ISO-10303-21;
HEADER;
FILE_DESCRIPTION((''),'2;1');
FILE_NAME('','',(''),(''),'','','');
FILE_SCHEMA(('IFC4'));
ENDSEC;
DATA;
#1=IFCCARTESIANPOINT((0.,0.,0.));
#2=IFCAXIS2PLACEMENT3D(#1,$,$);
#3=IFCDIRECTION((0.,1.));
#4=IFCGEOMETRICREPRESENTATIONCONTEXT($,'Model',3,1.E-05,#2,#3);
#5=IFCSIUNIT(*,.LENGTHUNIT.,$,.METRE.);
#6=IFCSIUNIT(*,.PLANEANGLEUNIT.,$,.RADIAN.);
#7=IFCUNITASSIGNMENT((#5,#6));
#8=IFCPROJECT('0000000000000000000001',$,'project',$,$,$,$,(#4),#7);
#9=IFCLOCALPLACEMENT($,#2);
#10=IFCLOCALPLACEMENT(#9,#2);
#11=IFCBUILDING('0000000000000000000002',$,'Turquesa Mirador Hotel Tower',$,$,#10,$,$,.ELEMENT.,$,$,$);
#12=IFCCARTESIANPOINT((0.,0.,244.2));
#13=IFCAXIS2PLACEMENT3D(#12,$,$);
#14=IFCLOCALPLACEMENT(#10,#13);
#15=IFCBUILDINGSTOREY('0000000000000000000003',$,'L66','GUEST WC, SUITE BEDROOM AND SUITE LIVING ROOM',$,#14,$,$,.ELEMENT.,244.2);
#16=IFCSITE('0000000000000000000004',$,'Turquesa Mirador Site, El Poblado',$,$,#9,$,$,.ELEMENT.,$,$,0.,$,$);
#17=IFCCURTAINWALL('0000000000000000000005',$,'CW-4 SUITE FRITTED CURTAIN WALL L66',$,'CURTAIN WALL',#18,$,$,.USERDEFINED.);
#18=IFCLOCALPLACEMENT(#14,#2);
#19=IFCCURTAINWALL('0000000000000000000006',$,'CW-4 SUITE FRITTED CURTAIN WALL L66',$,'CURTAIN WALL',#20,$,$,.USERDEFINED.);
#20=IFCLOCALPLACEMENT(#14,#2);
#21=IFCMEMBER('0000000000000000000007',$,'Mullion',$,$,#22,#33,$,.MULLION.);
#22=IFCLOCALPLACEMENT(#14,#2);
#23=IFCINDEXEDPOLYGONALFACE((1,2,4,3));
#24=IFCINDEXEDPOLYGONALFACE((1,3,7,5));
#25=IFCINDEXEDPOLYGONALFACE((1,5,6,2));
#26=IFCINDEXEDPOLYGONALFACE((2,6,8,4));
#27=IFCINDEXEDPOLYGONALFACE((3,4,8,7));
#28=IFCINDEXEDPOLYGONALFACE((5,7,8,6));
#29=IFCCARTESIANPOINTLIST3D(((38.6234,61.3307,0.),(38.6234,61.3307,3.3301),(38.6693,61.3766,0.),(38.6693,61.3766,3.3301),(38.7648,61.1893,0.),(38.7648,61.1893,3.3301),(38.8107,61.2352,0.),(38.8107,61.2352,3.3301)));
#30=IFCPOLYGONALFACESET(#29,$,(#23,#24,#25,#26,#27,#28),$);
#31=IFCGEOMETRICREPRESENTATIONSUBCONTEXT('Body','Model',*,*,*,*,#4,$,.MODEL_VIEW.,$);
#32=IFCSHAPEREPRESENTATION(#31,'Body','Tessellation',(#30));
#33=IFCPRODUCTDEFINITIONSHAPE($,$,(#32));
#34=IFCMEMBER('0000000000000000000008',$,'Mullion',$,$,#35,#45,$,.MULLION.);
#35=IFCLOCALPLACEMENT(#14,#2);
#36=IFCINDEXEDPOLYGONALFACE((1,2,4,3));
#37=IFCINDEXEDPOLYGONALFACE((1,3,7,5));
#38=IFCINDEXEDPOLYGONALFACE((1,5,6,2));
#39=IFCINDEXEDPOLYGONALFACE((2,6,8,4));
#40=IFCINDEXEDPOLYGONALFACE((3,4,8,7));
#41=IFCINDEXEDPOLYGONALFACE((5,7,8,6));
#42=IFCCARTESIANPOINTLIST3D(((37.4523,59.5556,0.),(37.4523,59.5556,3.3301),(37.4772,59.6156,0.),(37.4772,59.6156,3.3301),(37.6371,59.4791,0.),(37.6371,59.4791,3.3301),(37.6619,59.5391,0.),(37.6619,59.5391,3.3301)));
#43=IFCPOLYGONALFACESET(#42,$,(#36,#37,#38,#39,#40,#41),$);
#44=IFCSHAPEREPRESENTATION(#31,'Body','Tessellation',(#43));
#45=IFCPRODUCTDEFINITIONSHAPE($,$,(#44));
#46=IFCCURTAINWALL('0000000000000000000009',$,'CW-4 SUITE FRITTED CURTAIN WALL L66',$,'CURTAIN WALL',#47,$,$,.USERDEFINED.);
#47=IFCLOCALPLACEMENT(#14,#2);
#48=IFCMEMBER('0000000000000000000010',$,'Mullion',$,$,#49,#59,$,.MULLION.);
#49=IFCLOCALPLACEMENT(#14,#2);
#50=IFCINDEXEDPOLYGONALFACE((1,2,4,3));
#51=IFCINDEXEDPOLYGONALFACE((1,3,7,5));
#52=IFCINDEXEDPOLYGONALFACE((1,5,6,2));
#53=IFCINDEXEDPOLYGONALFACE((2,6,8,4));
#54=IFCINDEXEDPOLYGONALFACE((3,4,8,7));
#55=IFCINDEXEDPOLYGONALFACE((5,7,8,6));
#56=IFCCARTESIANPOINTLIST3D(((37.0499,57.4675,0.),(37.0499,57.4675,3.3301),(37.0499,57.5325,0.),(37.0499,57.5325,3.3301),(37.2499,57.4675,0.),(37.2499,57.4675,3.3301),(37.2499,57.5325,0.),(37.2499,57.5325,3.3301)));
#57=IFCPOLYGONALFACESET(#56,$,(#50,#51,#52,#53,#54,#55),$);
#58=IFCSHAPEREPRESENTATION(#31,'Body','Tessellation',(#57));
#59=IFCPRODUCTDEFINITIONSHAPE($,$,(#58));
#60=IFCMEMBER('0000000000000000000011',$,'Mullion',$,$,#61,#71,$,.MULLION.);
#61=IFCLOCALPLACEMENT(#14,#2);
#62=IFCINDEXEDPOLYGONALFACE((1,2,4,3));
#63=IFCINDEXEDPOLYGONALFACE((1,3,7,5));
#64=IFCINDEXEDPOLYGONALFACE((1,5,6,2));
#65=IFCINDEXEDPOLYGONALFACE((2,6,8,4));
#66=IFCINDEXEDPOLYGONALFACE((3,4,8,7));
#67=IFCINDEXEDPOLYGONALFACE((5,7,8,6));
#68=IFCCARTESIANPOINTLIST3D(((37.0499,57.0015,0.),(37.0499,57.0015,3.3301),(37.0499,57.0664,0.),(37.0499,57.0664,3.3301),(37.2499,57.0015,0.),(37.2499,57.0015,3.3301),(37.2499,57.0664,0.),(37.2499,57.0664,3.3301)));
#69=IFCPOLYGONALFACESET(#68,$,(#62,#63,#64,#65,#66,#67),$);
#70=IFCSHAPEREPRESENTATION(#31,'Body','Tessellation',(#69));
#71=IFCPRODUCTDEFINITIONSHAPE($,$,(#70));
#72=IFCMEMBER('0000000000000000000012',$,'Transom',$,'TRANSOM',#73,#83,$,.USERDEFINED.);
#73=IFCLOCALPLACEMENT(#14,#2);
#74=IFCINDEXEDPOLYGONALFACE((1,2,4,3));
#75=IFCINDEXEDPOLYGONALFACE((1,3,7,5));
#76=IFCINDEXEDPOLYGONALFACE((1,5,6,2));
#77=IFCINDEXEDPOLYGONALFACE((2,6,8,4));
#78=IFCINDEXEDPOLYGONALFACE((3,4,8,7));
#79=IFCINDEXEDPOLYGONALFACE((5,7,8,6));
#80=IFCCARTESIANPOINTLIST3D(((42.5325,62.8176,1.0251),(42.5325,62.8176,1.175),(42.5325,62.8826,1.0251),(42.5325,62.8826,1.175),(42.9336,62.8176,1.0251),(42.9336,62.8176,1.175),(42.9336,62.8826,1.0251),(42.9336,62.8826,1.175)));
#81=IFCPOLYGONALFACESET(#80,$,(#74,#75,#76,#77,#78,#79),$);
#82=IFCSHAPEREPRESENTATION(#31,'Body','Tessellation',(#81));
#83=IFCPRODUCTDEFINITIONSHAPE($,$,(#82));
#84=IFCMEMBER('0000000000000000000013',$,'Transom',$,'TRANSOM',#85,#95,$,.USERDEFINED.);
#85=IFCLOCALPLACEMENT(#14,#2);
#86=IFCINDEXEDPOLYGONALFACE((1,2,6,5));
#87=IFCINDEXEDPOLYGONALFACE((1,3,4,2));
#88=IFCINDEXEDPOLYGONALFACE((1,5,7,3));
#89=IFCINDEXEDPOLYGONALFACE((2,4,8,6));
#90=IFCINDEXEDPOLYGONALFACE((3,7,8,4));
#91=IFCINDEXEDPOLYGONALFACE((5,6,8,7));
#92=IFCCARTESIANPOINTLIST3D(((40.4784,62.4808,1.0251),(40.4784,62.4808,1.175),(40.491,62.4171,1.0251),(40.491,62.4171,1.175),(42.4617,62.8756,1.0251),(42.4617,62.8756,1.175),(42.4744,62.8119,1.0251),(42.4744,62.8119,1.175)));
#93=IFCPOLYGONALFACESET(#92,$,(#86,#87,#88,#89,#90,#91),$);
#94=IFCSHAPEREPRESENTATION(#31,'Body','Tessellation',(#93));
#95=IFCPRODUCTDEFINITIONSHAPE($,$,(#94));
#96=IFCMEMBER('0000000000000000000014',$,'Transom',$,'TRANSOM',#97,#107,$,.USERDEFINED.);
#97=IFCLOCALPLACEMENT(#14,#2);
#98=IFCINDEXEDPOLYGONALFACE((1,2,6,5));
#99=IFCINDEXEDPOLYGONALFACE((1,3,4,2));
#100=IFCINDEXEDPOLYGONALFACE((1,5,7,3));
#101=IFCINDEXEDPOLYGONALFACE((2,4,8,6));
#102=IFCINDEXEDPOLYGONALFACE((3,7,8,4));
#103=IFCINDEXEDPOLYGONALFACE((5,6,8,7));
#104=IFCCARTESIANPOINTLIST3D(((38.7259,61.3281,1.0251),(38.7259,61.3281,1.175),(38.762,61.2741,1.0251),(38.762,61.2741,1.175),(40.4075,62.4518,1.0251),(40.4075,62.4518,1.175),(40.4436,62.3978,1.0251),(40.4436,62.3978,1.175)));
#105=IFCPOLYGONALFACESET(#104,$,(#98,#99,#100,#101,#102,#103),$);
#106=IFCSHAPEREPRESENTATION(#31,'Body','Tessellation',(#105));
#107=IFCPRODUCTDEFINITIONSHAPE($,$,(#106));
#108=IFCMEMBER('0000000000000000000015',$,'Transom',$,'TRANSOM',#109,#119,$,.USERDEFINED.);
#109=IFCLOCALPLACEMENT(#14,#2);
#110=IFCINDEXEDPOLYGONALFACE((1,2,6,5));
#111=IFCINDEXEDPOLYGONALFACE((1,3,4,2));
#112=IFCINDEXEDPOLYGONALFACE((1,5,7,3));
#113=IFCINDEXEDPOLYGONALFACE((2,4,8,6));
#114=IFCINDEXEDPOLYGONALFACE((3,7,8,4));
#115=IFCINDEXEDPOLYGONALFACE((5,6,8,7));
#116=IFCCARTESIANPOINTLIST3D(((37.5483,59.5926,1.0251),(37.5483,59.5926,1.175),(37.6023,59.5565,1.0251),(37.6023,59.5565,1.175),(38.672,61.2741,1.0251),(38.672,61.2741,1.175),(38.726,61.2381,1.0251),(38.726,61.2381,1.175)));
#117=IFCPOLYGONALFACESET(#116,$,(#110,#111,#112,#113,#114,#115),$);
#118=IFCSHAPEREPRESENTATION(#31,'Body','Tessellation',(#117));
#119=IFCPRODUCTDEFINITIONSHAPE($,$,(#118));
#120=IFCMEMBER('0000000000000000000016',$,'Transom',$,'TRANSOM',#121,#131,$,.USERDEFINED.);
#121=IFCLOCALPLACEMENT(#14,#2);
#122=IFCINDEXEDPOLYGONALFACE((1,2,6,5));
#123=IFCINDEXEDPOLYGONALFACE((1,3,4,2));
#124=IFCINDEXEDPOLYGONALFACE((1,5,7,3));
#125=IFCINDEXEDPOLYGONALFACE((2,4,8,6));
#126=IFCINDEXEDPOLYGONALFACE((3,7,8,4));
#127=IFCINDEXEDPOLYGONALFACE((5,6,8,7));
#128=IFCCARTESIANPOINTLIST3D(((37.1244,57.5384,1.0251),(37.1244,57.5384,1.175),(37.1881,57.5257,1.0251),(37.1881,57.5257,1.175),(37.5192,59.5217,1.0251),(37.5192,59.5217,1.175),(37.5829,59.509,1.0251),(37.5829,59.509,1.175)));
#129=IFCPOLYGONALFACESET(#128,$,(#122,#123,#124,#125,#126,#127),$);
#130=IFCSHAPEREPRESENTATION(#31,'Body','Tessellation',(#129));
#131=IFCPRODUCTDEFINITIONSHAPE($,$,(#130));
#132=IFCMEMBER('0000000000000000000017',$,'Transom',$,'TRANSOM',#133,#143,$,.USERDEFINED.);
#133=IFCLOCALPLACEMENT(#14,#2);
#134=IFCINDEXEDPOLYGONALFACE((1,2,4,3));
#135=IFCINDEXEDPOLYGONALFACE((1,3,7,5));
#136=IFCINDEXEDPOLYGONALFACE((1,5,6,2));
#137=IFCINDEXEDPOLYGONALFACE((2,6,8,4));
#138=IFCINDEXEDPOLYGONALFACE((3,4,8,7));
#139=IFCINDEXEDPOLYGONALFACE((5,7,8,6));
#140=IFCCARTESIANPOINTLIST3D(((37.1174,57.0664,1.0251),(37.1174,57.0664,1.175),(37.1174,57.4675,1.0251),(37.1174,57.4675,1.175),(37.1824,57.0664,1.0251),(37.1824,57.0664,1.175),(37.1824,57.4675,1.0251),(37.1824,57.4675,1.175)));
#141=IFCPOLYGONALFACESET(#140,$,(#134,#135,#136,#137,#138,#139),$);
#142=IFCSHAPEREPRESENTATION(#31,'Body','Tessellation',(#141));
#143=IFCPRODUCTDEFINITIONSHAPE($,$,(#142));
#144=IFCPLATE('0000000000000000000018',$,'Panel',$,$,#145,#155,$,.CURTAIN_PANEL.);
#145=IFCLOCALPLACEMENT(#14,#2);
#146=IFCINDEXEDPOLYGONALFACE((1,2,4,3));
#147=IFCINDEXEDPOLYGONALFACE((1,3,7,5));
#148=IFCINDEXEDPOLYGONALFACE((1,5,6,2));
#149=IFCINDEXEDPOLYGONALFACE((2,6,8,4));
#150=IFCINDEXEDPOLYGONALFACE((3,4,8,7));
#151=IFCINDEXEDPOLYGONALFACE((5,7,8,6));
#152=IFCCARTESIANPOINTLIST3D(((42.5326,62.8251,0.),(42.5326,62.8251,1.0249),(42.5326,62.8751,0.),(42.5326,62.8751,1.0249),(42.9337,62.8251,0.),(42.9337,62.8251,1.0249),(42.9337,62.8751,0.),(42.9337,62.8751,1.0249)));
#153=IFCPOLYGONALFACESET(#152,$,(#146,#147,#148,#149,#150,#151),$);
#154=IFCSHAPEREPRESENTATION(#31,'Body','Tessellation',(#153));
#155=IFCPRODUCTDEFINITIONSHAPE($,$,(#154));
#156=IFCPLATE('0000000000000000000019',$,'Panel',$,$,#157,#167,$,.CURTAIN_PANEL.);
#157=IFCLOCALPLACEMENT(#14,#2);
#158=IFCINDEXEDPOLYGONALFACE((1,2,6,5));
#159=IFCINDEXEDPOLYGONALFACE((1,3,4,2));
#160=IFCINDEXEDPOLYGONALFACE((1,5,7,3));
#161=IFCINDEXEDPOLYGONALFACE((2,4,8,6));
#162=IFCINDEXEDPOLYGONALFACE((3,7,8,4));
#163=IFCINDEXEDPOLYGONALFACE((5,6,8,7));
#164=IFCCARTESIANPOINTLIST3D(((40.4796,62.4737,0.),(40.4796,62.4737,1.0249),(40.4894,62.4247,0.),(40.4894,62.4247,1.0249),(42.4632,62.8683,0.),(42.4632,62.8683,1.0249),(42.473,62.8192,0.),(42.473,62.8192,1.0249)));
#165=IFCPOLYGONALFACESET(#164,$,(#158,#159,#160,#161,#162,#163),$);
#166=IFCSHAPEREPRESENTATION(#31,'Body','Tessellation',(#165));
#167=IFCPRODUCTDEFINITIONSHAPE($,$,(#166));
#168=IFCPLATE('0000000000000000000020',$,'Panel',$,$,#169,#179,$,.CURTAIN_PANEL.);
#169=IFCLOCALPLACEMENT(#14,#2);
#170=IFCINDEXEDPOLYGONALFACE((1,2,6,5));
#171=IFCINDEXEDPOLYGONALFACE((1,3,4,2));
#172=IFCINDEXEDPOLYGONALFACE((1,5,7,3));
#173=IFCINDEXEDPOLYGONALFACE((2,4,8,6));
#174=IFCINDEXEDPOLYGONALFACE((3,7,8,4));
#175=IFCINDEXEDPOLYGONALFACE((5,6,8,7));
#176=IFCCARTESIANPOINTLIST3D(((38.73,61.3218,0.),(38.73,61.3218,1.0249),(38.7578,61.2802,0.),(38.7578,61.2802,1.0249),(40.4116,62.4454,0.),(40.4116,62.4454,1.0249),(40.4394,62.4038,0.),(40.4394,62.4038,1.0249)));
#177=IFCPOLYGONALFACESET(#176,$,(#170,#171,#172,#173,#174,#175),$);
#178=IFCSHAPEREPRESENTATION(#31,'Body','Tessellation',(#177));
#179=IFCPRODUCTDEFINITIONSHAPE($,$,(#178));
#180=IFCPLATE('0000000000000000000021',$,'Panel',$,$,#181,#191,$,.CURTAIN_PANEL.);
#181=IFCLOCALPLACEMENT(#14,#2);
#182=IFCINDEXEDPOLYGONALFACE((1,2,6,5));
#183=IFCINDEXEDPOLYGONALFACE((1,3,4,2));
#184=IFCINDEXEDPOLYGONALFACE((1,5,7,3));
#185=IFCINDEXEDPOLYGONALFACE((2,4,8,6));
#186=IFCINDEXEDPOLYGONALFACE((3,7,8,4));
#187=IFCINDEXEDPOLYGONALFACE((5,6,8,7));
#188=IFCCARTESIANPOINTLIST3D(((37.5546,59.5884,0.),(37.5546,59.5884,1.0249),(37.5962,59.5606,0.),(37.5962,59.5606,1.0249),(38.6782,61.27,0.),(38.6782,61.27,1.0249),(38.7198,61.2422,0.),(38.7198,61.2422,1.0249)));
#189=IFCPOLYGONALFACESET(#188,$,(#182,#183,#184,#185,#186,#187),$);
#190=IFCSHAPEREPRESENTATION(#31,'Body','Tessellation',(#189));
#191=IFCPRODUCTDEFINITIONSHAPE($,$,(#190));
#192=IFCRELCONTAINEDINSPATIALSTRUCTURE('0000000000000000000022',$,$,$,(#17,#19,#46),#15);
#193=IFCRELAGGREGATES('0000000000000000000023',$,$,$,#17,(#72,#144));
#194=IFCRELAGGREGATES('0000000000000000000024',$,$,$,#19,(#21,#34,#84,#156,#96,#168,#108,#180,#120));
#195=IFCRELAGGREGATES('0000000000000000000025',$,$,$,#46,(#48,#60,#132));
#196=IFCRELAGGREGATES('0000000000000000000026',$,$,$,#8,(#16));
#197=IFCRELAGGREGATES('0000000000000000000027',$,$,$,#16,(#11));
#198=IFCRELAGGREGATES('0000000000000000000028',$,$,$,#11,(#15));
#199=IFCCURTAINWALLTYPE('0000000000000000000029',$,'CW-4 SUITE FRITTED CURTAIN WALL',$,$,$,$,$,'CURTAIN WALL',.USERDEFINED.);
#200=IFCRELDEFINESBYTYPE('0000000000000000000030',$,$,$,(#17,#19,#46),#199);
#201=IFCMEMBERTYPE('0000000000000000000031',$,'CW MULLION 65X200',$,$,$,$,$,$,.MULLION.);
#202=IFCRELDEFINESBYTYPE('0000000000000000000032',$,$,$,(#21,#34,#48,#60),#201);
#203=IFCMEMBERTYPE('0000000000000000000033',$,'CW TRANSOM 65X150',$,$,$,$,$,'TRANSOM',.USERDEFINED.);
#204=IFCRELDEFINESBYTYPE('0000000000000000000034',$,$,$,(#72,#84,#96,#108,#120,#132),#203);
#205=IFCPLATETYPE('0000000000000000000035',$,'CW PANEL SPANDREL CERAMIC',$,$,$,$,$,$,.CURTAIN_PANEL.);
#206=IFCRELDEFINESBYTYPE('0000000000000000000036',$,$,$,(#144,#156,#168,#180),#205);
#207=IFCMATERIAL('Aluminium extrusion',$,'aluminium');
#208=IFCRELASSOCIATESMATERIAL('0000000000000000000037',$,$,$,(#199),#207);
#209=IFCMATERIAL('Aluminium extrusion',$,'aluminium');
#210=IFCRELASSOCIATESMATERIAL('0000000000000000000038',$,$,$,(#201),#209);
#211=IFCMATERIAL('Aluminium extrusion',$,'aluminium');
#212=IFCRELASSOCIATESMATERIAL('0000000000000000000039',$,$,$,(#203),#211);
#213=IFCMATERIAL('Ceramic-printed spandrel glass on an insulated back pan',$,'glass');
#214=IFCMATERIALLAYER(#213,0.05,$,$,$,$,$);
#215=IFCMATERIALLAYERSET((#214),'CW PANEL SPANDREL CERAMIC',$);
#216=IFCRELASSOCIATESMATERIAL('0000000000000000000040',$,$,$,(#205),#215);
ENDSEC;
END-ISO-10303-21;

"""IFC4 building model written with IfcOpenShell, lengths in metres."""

from ifc_helpers import new_model, si_unit, direction, frame, origin, origin_2d, place, context, subcontext, project, spatial, rectangle, extrude, material, layer, layer_set, material_profile, profile_set, type_object, element, aggregate, save


model = new_model("IFC4")

# Units and contexts
model_context = context("Model", 3, precision=1e-05, world=origin(), true_north=direction((0.0, 1.0)))
body_context = subcontext(model_context, "Body", "Model", "MODEL_VIEW")
ifc_project = project(units=[si_unit("LENGTHUNIT", "METRE"), si_unit("PLANEANGLEUNIT", "RADIAN")], contexts=[model_context])

# Site, building, storey
site_placement = place(None, origin())
site = spatial("IfcSite", under=ifc_project, at=site_placement, Name="Turquesa Mirador Site, El Poblado", CompositionType="ELEMENT", RefElevation=0.0)
building_placement = place(site_placement, origin())
building = spatial("IfcBuilding", under=site, at=building_placement, Name="Turquesa Mirador Hotel Tower", CompositionType="ELEMENT")
storey_placement = place(building_placement, frame((0.0, 0.0, 244.2)))
storey = spatial("IfcBuildingStorey", under=building, at=storey_placement, Name="L66", Description="GUEST WC, SUITE BEDROOM AND SUITE LIVING ROOM", CompositionType="ELEMENT", Elevation=244.2)

# Curtain walls, members
ifc_material_1 = material(Name="Aluminium extrusion", Category="aluminium")
curtain_wall_type = type_object("IfcCurtainWallType", Name="CW-4 SUITE FRITTED CURTAIN WALL", ElementType="CURTAIN WALL", PredefinedType="USERDEFINED", material=ifc_material_1)
curtain_wall_1_placement = place(storey_placement, origin())
curtain_wall_1 = element("IfcCurtainWall", 1, at=curtain_wall_1_placement, inside=storey, type_object=curtain_wall_type, Name="CW-4 SUITE FRITTED CURTAIN WALL L66", ObjectType="CURTAIN WALL", PredefinedType="USERDEFINED")
ifc_material_2 = material(Name="Aluminium extrusion", Category="aluminium")
ifc_material_profile_1 = material_profile(ifc_material_2, rectangle(XDim=0.0649, YDim=0.2, at=origin_2d()), Name="MULLION 65X200")
ifc_profile_set_1 = profile_set([ifc_material_profile_1], Name="Aluminium extrusion")
member_type_1 = type_object("IfcMemberType", Name="CW MULLION 65X200", PredefinedType="MULLION", material=ifc_profile_set_1)
curtain_wall_2_placement = place(storey_placement, origin())
curtain_wall_2 = element("IfcCurtainWall", 2, at=curtain_wall_2_placement, inside=storey, type_object=curtain_wall_type, Name="CW-4 SUITE FRITTED CURTAIN WALL L66", ObjectType="CURTAIN WALL", PredefinedType="USERDEFINED")
member_1_placement = place(storey_placement, frame((38.717, 61.283, 0.0), z_axis=(0.0, 0.0, 1.0), x_axis=(-0.707107, -0.707107, 0.0)))
member_1 = element("IfcMember", 3, at=member_1_placement, type_object=member_type_1, Name="Mullion", PredefinedType="MULLION", context=body_context, shape_type="SweptSolid", body=[
    extrude(rectangle(XDim=0.0649, YDim=0.2, at=origin_2d()), origin(), (0.0, 0.0, 1.0), 3.3301),
])
member_2_placement = place(storey_placement, frame((37.5571, 59.5474, 0.0), z_axis=(0.0, 0.0, 1.0), x_axis=(-0.382683, -0.92388, 0.0)))
member_2 = element("IfcMember", 4, at=member_2_placement, type_object=member_type_1, Name="Mullion", PredefinedType="MULLION", context=body_context, shape_type="SweptSolid", body=[
    extrude(rectangle(XDim=0.0649, YDim=0.2, at=origin_2d()), origin(), (0.0, 0.0, 1.0), 3.3301),
])
curtain_wall_3_placement = place(storey_placement, origin())
curtain_wall_3 = element("IfcCurtainWall", 5, at=curtain_wall_3_placement, inside=storey, type_object=curtain_wall_type, Name="CW-4 SUITE FRITTED CURTAIN WALL L66", ObjectType="CURTAIN WALL", PredefinedType="USERDEFINED")
member_3_placement = place(storey_placement, frame((37.1499, 57.5, 0.0), z_axis=(0.0, 0.0, 1.0), x_axis=(0.0, -1.0, 0.0)))
member_3 = element("IfcMember", 6, at=member_3_placement, type_object=member_type_1, Name="Mullion", PredefinedType="MULLION", context=body_context, shape_type="SweptSolid", body=[
    extrude(rectangle(XDim=0.0649, YDim=0.2, at=origin_2d()), origin(), (0.0, 0.0, 1.0), 3.3301),
])
member_4_placement = place(storey_placement, frame((37.1499, 57.0339, 0.0), z_axis=(0.0, 0.0, 1.0), x_axis=(0.0, -1.0, 0.0)))
member_4 = element("IfcMember", 7, at=member_4_placement, type_object=member_type_1, Name="Mullion", PredefinedType="MULLION", context=body_context, shape_type="SweptSolid", body=[
    extrude(rectangle(XDim=0.0649, YDim=0.2, at=origin_2d()), origin(), (0.0, 0.0, 1.0), 3.3301),
])

# Members
ifc_material_3 = material(Name="Aluminium extrusion", Category="aluminium")
ifc_material_profile_2 = material_profile(ifc_material_3, rectangle(XDim=0.0649, YDim=0.1499, at=origin_2d()), Name="TRANSOM 65X150")
ifc_profile_set_2 = profile_set([ifc_material_profile_2], Name="Aluminium extrusion")
member_type_2 = type_object("IfcMemberType", Name="CW TRANSOM 65X150", ElementType="TRANSOM", PredefinedType="USERDEFINED", material=ifc_profile_set_2)
member_5_placement = place(storey_placement, frame((42.9336, 62.8501, 1.1001), z_axis=(-1.0, 0.0, 0.0), x_axis=(0.0, -1.0, 0.0)))
member_5 = element("IfcMember", 8, at=member_5_placement, type_object=member_type_2, Name="Transom", ObjectType="TRANSOM", PredefinedType="USERDEFINED", context=body_context, shape_type="SweptSolid", body=[
    extrude(rectangle(XDim=0.0649, YDim=0.1499, at=origin_2d()), origin(), (0.0, 0.0, 1.0), 0.4011),
])
member_6_placement = place(storey_placement, frame((42.468, 62.8438, 1.1001), z_axis=(-0.980761, -0.195211, 0.0), x_axis=(0.195211, -0.980761, 0.0)))
member_6 = element("IfcMember", 9, at=member_6_placement, type_object=member_type_2, Name="Transom", ObjectType="TRANSOM", PredefinedType="USERDEFINED", context=body_context, shape_type="SweptSolid", body=[
    extrude(rectangle(XDim=0.0649, YDim=0.1499, at=origin_2d()), origin(), (0.0, 0.0, 1.0), 2.0222),
])
member_7_placement = place(storey_placement, frame((40.4255, 62.4248, 1.1001), z_axis=(-0.831437, -0.555619, 0.0), x_axis=(0.555619, -0.831437, 0.0)))
member_7 = element("IfcMember", 10, at=member_7_placement, type_object=member_type_2, Name="Transom", ObjectType="TRANSOM", PredefinedType="USERDEFINED", context=body_context, shape_type="SweptSolid", body=[
    extrude(rectangle(XDim=0.0649, YDim=0.1499, at=origin_2d()), origin(), (0.0, 0.0, 1.0), 2.0225),
])
member_8_placement = place(storey_placement, frame((38.699, 61.2561, 1.1001), z_axis=(-0.555619, -0.831437, 0.0), x_axis=(0.831437, -0.555619, 0.0)))
member_8 = element("IfcMember", 11, at=member_8_placement, type_object=member_type_2, Name="Transom", ObjectType="TRANSOM", PredefinedType="USERDEFINED", context=body_context, shape_type="SweptSolid", body=[
    extrude(rectangle(XDim=0.0649, YDim=0.1499, at=origin_2d()), origin(), (0.0, 0.0, 1.0), 2.0225),
])
member_9_placement = place(storey_placement, frame((37.551, 59.5154, 1.1001), z_axis=(-0.195211, -0.980761, 0.0), x_axis=(0.980761, -0.195211, 0.0)))
member_9 = element("IfcMember", 12, at=member_9_placement, type_object=member_type_2, Name="Transom", ObjectType="TRANSOM", PredefinedType="USERDEFINED", context=body_context, shape_type="SweptSolid", body=[
    extrude(rectangle(XDim=0.0649, YDim=0.1499, at=origin_2d()), origin(), (0.0, 0.0, 1.0), 2.0222),
])
member_10_placement = place(storey_placement, frame((37.1499, 57.4675, 1.1001), z_axis=(0.0, -1.0, 0.0), x_axis=(1.0, 0.0, 0.0)))
member_10 = element("IfcMember", 13, at=member_10_placement, type_object=member_type_2, Name="Transom", ObjectType="TRANSOM", PredefinedType="USERDEFINED", context=body_context, shape_type="SweptSolid", body=[
    extrude(rectangle(XDim=0.0649, YDim=0.1499, at=origin_2d()), origin(), (0.0, 0.0, 1.0), 0.4011),
])

# Plates
ifc_material_4 = material(Name="Ceramic-printed spandrel glass on an insulated back pan", Category="glass")
ifc_layer_1 = layer(ifc_material_4, 0.05)
ifc_layer_set_1 = layer_set([ifc_layer_1], Name="CW PANEL SPANDREL CERAMIC")
plate_type_1 = type_object("IfcPlateType", Name="CW PANEL SPANDREL CERAMIC", PredefinedType="CURTAIN_PANEL", material=ifc_layer_set_1)
plate_1_placement = place(storey_placement, frame((42.7332, 62.8501, 0.0), z_axis=(0.0, 0.0, 1.0), x_axis=(-1.0, 0.0, 0.0)))
plate_1 = element("IfcPlate", 14, at=plate_1_placement, type_object=plate_type_1, Name="Panel", PredefinedType="CURTAIN_PANEL", context=body_context, shape_type="SweptSolid", body=[
    extrude(rectangle(XDim=0.4011, YDim=0.05, at=origin_2d()), origin(), (0.0, 0.0, 1.0), 1.0249),
])
plate_2_placement = place(storey_placement, frame((41.4763, 62.6465, 0.0), z_axis=(0.0, 0.0, 1.0), x_axis=(-0.980785, -0.195091, 0.0)))
plate_2 = element("IfcPlate", 15, at=plate_2_placement, type_object=plate_type_1, Name="Panel", PredefinedType="CURTAIN_PANEL", context=body_context, shape_type="SweptSolid", body=[
    extrude(rectangle(XDim=2.0225, YDim=0.05, at=origin_2d()), origin(), (0.0, 0.0, 1.0), 1.0249),
])
plate_3_placement = place(storey_placement, frame((39.5847, 61.8628, 0.0), z_axis=(0.0, 0.0, 1.0), x_axis=(-0.83147, -0.55557, 0.0)))
plate_3 = element("IfcPlate", 16, at=plate_3_placement, type_object=plate_type_1, Name="Panel", PredefinedType="CURTAIN_PANEL", context=body_context, shape_type="SweptSolid", body=[
    extrude(rectangle(XDim=2.0225, YDim=0.05, at=origin_2d()), origin(), (0.0, 0.0, 1.0), 1.0249),
])
plate_4_placement = place(storey_placement, frame((38.1372, 60.4153, 0.0), z_axis=(0.0, 0.0, 1.0), x_axis=(-0.55557, -0.83147, 0.0)))
plate_4 = element("IfcPlate", 17, at=plate_4_placement, type_object=plate_type_1, Name="Panel", PredefinedType="CURTAIN_PANEL", context=body_context, shape_type="SweptSolid", body=[
    extrude(rectangle(XDim=2.0225, YDim=0.05, at=origin_2d()), origin(), (0.0, 0.0, 1.0), 1.0249),
])
aggregate(curtain_wall_1, [member_5, plate_1])
aggregate(curtain_wall_2, [member_1, member_2, member_6, plate_2, member_7, plate_3, member_8, plate_4, member_9])
aggregate(curtain_wall_3, [member_3, member_4, member_10])

save(model, "model.ifc")
